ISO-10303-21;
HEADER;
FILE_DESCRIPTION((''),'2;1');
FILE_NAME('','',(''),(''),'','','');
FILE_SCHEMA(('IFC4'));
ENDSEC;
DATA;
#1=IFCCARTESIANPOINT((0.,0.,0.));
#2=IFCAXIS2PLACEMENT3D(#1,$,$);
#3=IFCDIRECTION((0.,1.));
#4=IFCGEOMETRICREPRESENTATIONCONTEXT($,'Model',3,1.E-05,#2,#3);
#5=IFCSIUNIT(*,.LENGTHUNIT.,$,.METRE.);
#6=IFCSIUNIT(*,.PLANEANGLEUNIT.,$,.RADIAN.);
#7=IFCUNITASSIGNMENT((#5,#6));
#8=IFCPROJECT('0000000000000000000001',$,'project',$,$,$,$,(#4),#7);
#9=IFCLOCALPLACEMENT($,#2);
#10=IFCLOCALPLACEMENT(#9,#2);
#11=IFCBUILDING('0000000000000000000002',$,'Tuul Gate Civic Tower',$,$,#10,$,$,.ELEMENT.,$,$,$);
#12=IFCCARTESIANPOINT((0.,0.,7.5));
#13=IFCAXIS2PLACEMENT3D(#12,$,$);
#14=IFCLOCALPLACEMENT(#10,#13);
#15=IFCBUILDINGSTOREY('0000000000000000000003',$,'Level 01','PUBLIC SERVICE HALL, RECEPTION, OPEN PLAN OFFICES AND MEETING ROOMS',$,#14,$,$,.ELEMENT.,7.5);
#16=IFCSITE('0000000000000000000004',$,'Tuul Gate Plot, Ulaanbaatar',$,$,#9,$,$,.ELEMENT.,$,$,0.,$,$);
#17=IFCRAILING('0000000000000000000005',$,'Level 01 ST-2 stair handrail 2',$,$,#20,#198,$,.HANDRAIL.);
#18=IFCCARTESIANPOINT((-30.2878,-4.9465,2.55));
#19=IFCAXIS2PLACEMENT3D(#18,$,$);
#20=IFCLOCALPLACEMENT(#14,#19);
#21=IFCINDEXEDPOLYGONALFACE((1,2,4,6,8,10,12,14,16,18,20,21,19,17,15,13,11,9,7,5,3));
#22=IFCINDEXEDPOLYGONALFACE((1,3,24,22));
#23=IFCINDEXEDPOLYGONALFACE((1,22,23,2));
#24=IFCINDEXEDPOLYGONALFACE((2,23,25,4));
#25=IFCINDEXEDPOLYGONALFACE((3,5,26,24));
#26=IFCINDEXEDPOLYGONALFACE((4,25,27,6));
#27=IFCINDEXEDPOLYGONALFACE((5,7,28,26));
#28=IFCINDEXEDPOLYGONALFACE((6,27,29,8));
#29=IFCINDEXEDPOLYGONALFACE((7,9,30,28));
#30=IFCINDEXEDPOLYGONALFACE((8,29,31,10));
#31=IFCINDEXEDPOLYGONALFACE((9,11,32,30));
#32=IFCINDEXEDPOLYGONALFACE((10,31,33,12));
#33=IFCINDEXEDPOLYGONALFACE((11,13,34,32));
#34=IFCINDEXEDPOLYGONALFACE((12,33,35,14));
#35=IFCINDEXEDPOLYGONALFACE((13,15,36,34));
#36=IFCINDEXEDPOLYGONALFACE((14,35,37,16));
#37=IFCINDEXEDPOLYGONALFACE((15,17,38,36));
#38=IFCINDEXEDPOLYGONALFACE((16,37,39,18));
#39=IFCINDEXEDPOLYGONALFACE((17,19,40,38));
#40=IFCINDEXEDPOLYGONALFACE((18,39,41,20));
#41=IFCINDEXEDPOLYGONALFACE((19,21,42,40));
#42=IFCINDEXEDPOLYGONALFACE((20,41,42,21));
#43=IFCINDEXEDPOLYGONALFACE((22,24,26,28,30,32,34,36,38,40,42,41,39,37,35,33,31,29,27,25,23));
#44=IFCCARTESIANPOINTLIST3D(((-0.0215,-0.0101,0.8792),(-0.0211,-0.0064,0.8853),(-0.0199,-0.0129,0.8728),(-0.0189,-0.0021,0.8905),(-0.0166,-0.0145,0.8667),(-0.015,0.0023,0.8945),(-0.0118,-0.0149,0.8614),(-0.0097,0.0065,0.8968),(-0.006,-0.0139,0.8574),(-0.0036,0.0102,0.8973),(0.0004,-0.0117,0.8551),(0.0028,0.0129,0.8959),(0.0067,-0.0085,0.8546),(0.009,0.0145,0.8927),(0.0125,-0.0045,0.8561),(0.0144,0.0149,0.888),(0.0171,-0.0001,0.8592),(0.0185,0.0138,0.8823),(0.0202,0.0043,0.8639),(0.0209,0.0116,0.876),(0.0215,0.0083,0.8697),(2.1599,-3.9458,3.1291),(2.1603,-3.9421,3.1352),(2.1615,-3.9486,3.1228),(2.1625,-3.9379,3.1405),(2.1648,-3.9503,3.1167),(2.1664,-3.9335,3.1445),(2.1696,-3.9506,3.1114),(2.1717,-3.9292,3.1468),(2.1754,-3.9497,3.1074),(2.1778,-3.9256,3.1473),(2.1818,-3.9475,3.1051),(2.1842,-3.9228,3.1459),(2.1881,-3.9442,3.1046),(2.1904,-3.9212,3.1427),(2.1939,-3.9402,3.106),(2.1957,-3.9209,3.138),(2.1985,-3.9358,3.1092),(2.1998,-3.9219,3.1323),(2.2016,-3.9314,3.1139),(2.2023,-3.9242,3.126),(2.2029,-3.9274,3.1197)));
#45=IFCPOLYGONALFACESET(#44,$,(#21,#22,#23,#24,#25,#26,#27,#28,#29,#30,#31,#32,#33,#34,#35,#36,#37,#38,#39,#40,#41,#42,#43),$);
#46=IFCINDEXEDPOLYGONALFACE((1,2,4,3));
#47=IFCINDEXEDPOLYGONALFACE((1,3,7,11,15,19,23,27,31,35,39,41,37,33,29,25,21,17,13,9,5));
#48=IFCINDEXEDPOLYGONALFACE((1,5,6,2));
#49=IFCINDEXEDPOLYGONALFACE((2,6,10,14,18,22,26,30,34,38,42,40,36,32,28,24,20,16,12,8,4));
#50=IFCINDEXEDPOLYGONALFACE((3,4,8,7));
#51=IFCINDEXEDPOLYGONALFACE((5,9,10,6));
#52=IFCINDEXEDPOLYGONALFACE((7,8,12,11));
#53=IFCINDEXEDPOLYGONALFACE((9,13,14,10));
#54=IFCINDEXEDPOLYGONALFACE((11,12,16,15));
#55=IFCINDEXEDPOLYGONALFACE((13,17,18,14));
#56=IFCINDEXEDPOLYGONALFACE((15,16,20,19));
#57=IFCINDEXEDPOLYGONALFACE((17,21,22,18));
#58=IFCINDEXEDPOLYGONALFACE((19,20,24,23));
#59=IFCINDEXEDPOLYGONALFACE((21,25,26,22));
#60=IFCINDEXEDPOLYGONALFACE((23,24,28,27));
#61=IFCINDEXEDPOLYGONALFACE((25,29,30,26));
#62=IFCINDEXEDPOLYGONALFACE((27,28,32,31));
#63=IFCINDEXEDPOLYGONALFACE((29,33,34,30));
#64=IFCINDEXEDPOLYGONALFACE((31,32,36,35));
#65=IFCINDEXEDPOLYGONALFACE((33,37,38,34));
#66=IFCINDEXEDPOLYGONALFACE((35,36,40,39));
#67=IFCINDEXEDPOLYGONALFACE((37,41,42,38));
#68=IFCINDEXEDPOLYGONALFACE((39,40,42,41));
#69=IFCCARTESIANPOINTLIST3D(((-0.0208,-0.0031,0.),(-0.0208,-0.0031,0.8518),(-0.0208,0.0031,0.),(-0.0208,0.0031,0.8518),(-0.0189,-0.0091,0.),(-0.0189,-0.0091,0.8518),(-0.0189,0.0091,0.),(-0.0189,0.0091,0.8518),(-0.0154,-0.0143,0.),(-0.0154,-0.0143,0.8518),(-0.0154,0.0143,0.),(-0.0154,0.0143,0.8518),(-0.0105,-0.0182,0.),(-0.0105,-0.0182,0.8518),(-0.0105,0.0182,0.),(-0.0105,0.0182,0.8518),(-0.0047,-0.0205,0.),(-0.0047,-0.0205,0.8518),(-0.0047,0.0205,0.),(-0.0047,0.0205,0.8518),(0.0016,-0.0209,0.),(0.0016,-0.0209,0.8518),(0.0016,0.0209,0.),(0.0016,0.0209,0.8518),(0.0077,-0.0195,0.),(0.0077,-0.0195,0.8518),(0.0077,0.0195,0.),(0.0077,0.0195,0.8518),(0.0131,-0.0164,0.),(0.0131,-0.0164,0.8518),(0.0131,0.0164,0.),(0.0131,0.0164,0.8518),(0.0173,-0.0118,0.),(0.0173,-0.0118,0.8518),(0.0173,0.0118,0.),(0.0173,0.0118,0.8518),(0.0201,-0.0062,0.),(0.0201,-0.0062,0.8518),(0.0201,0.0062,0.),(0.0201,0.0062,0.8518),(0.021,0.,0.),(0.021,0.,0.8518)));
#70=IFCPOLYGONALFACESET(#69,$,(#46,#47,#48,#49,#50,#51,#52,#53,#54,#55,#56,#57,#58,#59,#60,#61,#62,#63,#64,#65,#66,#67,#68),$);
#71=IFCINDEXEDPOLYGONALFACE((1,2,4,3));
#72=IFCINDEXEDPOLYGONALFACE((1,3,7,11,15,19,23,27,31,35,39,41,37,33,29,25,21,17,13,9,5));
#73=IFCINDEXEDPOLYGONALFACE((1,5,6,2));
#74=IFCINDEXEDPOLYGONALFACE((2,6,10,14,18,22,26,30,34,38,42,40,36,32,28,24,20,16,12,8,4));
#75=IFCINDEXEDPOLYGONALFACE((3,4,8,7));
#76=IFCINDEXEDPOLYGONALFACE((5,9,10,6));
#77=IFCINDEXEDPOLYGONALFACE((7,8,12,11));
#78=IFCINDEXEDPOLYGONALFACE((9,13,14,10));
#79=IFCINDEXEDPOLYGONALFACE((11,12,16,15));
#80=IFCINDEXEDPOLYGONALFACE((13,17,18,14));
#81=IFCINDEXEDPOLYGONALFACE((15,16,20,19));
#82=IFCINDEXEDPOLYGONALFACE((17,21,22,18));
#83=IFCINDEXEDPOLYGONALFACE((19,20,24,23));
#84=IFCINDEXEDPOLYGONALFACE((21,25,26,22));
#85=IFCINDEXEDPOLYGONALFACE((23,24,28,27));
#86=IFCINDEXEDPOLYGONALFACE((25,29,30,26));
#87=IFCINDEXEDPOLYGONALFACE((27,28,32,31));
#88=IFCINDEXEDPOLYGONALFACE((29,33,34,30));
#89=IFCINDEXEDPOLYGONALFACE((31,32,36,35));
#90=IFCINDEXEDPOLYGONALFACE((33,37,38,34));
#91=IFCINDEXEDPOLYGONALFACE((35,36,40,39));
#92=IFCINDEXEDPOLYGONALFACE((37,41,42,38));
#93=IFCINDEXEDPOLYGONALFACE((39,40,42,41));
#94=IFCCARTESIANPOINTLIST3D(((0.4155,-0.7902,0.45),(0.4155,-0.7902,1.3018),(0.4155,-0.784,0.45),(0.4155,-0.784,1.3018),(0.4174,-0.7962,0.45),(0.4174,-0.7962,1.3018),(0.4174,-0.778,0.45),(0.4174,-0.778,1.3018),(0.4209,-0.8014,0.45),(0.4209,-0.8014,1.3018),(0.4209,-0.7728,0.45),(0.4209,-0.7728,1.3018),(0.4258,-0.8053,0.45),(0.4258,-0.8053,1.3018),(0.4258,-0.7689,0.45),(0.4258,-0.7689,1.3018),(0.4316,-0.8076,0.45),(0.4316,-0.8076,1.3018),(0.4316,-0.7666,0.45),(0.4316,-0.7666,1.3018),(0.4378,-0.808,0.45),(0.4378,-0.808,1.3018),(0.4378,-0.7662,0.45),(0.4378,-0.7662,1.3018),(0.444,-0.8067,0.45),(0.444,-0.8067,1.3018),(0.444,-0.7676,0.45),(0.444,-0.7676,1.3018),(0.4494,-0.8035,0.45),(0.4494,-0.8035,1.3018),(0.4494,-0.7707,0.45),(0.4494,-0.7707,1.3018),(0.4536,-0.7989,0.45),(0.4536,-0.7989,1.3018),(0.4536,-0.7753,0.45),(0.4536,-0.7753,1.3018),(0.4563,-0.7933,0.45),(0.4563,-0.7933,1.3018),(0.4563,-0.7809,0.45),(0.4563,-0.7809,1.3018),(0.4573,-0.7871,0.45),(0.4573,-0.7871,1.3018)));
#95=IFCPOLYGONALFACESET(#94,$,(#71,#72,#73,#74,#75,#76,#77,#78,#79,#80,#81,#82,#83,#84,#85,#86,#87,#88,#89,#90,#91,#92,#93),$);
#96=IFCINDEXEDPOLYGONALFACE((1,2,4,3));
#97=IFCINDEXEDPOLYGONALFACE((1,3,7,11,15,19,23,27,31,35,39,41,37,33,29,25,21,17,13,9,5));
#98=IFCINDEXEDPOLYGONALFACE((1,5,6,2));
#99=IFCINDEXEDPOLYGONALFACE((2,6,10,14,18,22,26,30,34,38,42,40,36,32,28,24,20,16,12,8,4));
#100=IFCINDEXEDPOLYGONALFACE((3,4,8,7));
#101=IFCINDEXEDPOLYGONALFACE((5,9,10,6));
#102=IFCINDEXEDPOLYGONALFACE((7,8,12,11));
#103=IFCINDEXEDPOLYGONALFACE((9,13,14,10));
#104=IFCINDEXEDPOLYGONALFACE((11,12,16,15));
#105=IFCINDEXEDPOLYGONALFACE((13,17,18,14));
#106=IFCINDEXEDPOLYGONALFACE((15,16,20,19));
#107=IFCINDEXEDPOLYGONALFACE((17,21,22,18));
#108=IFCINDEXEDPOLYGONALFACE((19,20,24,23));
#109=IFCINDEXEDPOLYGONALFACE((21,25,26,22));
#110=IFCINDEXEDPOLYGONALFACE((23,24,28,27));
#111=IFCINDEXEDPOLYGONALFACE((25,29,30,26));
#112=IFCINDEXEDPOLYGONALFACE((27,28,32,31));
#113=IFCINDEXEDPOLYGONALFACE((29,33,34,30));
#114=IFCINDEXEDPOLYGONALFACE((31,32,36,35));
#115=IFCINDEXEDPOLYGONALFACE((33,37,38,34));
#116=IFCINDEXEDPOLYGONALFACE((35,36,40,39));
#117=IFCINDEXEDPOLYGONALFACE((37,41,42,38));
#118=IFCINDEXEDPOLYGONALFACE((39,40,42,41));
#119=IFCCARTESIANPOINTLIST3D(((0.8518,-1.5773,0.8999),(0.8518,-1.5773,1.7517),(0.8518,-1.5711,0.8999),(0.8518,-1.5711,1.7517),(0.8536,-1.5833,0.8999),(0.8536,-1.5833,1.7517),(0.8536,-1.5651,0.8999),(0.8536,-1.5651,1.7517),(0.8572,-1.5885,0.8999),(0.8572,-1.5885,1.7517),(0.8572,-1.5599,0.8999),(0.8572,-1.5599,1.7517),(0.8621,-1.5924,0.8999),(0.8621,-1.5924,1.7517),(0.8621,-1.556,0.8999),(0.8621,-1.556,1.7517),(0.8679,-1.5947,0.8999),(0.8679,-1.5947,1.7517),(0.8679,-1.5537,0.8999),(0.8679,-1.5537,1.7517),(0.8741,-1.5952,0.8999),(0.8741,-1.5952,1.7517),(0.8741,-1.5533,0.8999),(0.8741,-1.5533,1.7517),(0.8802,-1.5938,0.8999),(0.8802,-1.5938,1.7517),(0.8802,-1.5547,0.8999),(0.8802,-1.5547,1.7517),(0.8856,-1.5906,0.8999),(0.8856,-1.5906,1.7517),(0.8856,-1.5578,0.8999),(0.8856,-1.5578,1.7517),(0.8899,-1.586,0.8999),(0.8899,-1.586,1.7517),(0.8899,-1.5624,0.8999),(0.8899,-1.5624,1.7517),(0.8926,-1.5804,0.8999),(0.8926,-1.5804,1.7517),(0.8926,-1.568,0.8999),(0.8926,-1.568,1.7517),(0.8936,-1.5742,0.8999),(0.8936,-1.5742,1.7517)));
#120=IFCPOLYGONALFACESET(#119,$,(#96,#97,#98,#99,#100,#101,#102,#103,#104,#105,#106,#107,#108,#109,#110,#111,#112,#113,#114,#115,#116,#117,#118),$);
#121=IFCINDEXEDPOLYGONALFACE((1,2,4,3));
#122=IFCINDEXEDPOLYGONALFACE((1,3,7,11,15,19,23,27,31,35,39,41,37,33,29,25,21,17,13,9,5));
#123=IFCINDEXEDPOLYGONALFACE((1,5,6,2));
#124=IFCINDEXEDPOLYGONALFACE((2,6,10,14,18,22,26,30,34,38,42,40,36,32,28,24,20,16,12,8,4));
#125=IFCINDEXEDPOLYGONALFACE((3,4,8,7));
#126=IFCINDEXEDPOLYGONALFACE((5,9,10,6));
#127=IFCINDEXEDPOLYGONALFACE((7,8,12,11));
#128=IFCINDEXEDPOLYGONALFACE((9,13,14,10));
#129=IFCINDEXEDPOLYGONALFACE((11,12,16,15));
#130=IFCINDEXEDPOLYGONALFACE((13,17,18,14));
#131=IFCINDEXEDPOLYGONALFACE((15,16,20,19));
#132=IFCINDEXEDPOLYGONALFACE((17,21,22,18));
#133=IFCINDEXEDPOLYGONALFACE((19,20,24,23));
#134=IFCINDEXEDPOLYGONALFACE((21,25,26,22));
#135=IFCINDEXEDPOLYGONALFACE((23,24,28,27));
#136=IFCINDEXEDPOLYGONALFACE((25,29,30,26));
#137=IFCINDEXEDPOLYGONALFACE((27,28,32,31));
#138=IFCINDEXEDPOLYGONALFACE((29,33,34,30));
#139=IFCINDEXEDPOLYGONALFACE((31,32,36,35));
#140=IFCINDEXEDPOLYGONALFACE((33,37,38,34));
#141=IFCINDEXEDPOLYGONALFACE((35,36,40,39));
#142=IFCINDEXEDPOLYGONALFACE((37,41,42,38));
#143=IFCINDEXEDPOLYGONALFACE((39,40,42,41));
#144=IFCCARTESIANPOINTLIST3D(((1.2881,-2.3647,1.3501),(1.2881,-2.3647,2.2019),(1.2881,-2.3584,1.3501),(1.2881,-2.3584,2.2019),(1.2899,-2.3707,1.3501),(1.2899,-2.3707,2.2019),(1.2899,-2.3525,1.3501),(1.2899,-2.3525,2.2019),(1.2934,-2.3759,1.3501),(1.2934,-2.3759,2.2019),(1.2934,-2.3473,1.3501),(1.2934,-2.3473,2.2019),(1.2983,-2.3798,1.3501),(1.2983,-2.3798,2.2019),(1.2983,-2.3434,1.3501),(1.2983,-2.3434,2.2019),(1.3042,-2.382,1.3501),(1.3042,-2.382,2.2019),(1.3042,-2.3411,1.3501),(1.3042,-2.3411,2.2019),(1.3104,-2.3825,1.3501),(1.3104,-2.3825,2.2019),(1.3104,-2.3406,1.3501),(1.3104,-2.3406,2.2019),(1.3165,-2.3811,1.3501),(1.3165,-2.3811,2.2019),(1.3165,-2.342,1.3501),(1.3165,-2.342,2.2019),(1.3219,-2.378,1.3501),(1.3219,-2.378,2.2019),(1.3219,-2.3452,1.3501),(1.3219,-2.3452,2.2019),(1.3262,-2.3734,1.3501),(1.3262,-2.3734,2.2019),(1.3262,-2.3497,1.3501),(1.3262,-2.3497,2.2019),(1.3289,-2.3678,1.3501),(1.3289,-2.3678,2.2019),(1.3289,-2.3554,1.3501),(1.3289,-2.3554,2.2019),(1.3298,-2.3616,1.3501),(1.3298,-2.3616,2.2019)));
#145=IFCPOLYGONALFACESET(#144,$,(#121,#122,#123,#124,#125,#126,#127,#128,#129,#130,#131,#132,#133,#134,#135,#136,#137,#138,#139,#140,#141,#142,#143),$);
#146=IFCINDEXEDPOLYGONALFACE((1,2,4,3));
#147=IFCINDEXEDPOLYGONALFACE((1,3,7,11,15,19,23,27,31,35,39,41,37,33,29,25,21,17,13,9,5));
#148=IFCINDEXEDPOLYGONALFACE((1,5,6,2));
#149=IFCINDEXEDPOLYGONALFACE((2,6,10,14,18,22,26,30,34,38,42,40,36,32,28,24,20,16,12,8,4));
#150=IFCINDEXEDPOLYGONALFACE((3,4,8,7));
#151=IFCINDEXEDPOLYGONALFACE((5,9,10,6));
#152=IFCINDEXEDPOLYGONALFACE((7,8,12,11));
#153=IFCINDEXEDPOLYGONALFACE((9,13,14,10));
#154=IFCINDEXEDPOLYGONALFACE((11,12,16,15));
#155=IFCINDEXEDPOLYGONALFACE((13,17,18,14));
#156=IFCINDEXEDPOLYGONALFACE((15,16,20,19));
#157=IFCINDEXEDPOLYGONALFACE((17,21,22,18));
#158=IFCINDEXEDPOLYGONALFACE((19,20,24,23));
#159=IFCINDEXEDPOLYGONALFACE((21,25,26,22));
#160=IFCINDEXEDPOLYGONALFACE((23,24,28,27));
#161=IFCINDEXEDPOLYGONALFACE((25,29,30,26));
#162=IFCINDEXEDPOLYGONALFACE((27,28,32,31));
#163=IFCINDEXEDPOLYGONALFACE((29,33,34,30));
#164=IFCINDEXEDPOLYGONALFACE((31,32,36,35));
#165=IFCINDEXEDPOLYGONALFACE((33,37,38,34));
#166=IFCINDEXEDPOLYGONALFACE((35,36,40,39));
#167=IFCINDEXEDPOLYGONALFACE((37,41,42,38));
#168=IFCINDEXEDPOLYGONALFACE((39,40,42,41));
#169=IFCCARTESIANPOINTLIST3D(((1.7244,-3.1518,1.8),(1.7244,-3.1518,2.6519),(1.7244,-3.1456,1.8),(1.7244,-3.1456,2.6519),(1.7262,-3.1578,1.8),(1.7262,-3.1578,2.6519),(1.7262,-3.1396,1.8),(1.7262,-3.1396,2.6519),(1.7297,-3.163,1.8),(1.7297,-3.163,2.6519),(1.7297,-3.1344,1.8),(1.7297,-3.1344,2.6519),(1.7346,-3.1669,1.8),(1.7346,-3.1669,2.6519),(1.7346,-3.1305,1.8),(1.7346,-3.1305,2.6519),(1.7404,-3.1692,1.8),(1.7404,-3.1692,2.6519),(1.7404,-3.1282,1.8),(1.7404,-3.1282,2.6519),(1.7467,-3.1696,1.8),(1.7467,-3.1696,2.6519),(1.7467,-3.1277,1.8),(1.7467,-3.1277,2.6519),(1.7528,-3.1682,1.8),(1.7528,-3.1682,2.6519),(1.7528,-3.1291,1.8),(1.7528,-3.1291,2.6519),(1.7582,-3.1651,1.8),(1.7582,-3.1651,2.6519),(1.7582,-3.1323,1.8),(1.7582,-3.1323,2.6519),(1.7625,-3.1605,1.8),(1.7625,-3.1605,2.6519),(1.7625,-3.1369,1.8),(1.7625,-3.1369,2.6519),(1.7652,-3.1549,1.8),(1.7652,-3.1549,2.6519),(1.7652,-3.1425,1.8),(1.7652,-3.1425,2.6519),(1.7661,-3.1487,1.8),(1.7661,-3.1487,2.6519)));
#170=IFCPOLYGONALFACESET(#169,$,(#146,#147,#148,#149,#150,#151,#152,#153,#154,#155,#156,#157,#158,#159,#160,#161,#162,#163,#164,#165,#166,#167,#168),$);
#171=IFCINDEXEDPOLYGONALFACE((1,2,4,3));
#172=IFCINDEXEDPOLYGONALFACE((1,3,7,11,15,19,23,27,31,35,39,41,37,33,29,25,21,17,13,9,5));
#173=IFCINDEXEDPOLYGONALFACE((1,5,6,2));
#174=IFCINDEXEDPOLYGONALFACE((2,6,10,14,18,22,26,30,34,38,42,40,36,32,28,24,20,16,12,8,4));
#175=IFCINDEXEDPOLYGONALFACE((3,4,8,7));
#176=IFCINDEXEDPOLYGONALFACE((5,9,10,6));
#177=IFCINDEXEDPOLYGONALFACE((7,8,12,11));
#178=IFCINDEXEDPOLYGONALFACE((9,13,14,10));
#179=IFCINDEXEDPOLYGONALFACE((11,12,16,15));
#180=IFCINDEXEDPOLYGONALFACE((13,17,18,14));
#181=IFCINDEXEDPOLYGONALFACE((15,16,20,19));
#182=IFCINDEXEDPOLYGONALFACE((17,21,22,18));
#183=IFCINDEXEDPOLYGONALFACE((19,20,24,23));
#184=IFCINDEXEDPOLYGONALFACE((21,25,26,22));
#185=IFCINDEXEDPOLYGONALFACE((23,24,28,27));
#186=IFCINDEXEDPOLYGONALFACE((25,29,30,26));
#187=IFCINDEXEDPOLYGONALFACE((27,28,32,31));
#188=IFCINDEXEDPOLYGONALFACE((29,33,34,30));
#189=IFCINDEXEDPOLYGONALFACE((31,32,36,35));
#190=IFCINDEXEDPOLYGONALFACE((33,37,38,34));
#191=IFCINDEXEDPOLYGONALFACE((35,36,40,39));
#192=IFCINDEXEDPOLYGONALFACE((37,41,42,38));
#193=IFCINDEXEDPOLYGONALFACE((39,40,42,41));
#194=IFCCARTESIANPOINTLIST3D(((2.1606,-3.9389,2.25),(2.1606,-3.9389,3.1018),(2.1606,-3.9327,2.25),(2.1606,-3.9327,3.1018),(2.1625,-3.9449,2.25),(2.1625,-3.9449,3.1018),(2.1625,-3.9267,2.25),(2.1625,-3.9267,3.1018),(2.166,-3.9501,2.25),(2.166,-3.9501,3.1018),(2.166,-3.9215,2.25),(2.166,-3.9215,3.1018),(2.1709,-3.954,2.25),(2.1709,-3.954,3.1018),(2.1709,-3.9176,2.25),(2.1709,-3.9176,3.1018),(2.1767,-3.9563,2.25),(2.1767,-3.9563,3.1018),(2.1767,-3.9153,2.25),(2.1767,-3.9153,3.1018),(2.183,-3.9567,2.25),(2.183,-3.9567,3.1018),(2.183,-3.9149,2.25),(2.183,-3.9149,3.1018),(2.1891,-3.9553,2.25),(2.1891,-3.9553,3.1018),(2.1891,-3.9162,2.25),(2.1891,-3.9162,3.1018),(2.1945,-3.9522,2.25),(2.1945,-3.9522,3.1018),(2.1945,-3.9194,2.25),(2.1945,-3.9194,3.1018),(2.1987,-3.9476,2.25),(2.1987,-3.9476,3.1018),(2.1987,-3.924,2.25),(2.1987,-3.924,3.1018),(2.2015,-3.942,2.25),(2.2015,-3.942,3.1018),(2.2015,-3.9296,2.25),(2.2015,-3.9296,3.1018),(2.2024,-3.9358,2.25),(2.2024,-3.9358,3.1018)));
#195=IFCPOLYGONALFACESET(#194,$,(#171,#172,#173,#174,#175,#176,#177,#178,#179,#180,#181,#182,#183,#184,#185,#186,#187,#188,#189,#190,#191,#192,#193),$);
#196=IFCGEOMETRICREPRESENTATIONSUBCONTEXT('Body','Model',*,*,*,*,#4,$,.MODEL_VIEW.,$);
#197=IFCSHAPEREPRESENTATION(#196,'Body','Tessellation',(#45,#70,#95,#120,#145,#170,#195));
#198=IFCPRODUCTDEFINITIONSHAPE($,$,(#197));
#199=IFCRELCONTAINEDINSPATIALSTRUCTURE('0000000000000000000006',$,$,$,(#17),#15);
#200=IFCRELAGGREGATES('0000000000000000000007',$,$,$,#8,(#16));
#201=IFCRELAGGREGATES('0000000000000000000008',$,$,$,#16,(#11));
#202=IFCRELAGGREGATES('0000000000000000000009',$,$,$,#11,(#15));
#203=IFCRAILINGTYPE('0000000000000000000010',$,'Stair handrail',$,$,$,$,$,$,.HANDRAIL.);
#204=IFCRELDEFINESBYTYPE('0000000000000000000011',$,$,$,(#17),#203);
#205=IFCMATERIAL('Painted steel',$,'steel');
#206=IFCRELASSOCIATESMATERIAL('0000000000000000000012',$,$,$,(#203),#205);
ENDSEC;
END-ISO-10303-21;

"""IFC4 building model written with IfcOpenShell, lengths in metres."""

from ifc_helpers import new_model, si_unit, direction, frame, origin, origin_2d, place, context, subcontext, project, spatial, circle, extrude, material, type_object, element, save


model = new_model("IFC4")

# Units and contexts
model_context = context("Model", 3, precision=1e-05, world=origin(), true_north=direction((0.0, 1.0)))
body_context = subcontext(model_context, "Body", "Model", "MODEL_VIEW")
ifc_project = project(units=[si_unit("LENGTHUNIT", "METRE"), si_unit("PLANEANGLEUNIT", "RADIAN")], contexts=[model_context])

# Site, building, storey
site_placement = place(None, origin())
site = spatial("IfcSite", under=ifc_project, at=site_placement, Name="Tuul Gate Plot, Ulaanbaatar", CompositionType="ELEMENT", RefElevation=0.0)
building_placement = place(site_placement, origin())
building = spatial("IfcBuilding", under=site, at=building_placement, Name="Tuul Gate Civic Tower", CompositionType="ELEMENT")
storey_placement = place(building_placement, frame((0.0, 0.0, 7.5)))
storey = spatial("IfcBuildingStorey", under=building, at=storey_placement, Name="Level 01", Description="PUBLIC SERVICE HALL, RECEPTION, OPEN PLAN OFFICES AND MEETING ROOMS", CompositionType="ELEMENT", Elevation=7.5)

# Railing
ifc_material_1 = material(Name="Painted steel", Category="steel")
railing_type_1 = type_object("IfcRailingType", Name="Stair handrail", PredefinedType="HANDRAIL", material=ifc_material_1)
railing_1_placement = place(storey_placement, frame((-30.2878, -4.9465, 2.55)))
element("IfcRailing", 1, at=railing_1_placement, inside=storey, type_object=railing_type_1, Name="Level 01 ST-2 stair handrail 2", PredefinedType="HANDRAIL", context=body_context, shape_type="SweptSolid", body=[
    extrude(circle(Radius=0.0239, at=origin_2d()), frame((0.0, 0.0, 0.876), z_axis=(0.433587, -0.7823, 0.447223), x_axis=(0.874643, 0.484767, 0.0)), (0.0, 0.0, 1.0), 5.031),
    extrude(circle(Radius=0.021, at=origin_2d()), origin(), (0.0, 0.0, 1.0), 0.8518),
    extrude(circle(Radius=0.021, at=origin_2d()), frame((0.4363, -0.7871, 0.45)), (0.0, 0.0, 1.0), 0.8518),
    extrude(circle(Radius=0.021, at=origin_2d()), frame((0.8726, -1.5742, 0.8999)), (0.0, 0.0, 1.0), 0.8518),
    extrude(circle(Radius=0.021, at=origin_2d()), frame((1.3088, -2.3616, 1.3501)), (0.0, 0.0, 1.0), 0.8518),
    extrude(circle(Radius=0.021, at=origin_2d()), frame((1.7451, -3.1487, 1.8)), (0.0, 0.0, 1.0), 0.8518),
    extrude(circle(Radius=0.021, at=origin_2d()), frame((2.1814, -3.9358, 2.25)), (0.0, 0.0, 1.0), 0.8518),
])

save(model, "model.ifc")
